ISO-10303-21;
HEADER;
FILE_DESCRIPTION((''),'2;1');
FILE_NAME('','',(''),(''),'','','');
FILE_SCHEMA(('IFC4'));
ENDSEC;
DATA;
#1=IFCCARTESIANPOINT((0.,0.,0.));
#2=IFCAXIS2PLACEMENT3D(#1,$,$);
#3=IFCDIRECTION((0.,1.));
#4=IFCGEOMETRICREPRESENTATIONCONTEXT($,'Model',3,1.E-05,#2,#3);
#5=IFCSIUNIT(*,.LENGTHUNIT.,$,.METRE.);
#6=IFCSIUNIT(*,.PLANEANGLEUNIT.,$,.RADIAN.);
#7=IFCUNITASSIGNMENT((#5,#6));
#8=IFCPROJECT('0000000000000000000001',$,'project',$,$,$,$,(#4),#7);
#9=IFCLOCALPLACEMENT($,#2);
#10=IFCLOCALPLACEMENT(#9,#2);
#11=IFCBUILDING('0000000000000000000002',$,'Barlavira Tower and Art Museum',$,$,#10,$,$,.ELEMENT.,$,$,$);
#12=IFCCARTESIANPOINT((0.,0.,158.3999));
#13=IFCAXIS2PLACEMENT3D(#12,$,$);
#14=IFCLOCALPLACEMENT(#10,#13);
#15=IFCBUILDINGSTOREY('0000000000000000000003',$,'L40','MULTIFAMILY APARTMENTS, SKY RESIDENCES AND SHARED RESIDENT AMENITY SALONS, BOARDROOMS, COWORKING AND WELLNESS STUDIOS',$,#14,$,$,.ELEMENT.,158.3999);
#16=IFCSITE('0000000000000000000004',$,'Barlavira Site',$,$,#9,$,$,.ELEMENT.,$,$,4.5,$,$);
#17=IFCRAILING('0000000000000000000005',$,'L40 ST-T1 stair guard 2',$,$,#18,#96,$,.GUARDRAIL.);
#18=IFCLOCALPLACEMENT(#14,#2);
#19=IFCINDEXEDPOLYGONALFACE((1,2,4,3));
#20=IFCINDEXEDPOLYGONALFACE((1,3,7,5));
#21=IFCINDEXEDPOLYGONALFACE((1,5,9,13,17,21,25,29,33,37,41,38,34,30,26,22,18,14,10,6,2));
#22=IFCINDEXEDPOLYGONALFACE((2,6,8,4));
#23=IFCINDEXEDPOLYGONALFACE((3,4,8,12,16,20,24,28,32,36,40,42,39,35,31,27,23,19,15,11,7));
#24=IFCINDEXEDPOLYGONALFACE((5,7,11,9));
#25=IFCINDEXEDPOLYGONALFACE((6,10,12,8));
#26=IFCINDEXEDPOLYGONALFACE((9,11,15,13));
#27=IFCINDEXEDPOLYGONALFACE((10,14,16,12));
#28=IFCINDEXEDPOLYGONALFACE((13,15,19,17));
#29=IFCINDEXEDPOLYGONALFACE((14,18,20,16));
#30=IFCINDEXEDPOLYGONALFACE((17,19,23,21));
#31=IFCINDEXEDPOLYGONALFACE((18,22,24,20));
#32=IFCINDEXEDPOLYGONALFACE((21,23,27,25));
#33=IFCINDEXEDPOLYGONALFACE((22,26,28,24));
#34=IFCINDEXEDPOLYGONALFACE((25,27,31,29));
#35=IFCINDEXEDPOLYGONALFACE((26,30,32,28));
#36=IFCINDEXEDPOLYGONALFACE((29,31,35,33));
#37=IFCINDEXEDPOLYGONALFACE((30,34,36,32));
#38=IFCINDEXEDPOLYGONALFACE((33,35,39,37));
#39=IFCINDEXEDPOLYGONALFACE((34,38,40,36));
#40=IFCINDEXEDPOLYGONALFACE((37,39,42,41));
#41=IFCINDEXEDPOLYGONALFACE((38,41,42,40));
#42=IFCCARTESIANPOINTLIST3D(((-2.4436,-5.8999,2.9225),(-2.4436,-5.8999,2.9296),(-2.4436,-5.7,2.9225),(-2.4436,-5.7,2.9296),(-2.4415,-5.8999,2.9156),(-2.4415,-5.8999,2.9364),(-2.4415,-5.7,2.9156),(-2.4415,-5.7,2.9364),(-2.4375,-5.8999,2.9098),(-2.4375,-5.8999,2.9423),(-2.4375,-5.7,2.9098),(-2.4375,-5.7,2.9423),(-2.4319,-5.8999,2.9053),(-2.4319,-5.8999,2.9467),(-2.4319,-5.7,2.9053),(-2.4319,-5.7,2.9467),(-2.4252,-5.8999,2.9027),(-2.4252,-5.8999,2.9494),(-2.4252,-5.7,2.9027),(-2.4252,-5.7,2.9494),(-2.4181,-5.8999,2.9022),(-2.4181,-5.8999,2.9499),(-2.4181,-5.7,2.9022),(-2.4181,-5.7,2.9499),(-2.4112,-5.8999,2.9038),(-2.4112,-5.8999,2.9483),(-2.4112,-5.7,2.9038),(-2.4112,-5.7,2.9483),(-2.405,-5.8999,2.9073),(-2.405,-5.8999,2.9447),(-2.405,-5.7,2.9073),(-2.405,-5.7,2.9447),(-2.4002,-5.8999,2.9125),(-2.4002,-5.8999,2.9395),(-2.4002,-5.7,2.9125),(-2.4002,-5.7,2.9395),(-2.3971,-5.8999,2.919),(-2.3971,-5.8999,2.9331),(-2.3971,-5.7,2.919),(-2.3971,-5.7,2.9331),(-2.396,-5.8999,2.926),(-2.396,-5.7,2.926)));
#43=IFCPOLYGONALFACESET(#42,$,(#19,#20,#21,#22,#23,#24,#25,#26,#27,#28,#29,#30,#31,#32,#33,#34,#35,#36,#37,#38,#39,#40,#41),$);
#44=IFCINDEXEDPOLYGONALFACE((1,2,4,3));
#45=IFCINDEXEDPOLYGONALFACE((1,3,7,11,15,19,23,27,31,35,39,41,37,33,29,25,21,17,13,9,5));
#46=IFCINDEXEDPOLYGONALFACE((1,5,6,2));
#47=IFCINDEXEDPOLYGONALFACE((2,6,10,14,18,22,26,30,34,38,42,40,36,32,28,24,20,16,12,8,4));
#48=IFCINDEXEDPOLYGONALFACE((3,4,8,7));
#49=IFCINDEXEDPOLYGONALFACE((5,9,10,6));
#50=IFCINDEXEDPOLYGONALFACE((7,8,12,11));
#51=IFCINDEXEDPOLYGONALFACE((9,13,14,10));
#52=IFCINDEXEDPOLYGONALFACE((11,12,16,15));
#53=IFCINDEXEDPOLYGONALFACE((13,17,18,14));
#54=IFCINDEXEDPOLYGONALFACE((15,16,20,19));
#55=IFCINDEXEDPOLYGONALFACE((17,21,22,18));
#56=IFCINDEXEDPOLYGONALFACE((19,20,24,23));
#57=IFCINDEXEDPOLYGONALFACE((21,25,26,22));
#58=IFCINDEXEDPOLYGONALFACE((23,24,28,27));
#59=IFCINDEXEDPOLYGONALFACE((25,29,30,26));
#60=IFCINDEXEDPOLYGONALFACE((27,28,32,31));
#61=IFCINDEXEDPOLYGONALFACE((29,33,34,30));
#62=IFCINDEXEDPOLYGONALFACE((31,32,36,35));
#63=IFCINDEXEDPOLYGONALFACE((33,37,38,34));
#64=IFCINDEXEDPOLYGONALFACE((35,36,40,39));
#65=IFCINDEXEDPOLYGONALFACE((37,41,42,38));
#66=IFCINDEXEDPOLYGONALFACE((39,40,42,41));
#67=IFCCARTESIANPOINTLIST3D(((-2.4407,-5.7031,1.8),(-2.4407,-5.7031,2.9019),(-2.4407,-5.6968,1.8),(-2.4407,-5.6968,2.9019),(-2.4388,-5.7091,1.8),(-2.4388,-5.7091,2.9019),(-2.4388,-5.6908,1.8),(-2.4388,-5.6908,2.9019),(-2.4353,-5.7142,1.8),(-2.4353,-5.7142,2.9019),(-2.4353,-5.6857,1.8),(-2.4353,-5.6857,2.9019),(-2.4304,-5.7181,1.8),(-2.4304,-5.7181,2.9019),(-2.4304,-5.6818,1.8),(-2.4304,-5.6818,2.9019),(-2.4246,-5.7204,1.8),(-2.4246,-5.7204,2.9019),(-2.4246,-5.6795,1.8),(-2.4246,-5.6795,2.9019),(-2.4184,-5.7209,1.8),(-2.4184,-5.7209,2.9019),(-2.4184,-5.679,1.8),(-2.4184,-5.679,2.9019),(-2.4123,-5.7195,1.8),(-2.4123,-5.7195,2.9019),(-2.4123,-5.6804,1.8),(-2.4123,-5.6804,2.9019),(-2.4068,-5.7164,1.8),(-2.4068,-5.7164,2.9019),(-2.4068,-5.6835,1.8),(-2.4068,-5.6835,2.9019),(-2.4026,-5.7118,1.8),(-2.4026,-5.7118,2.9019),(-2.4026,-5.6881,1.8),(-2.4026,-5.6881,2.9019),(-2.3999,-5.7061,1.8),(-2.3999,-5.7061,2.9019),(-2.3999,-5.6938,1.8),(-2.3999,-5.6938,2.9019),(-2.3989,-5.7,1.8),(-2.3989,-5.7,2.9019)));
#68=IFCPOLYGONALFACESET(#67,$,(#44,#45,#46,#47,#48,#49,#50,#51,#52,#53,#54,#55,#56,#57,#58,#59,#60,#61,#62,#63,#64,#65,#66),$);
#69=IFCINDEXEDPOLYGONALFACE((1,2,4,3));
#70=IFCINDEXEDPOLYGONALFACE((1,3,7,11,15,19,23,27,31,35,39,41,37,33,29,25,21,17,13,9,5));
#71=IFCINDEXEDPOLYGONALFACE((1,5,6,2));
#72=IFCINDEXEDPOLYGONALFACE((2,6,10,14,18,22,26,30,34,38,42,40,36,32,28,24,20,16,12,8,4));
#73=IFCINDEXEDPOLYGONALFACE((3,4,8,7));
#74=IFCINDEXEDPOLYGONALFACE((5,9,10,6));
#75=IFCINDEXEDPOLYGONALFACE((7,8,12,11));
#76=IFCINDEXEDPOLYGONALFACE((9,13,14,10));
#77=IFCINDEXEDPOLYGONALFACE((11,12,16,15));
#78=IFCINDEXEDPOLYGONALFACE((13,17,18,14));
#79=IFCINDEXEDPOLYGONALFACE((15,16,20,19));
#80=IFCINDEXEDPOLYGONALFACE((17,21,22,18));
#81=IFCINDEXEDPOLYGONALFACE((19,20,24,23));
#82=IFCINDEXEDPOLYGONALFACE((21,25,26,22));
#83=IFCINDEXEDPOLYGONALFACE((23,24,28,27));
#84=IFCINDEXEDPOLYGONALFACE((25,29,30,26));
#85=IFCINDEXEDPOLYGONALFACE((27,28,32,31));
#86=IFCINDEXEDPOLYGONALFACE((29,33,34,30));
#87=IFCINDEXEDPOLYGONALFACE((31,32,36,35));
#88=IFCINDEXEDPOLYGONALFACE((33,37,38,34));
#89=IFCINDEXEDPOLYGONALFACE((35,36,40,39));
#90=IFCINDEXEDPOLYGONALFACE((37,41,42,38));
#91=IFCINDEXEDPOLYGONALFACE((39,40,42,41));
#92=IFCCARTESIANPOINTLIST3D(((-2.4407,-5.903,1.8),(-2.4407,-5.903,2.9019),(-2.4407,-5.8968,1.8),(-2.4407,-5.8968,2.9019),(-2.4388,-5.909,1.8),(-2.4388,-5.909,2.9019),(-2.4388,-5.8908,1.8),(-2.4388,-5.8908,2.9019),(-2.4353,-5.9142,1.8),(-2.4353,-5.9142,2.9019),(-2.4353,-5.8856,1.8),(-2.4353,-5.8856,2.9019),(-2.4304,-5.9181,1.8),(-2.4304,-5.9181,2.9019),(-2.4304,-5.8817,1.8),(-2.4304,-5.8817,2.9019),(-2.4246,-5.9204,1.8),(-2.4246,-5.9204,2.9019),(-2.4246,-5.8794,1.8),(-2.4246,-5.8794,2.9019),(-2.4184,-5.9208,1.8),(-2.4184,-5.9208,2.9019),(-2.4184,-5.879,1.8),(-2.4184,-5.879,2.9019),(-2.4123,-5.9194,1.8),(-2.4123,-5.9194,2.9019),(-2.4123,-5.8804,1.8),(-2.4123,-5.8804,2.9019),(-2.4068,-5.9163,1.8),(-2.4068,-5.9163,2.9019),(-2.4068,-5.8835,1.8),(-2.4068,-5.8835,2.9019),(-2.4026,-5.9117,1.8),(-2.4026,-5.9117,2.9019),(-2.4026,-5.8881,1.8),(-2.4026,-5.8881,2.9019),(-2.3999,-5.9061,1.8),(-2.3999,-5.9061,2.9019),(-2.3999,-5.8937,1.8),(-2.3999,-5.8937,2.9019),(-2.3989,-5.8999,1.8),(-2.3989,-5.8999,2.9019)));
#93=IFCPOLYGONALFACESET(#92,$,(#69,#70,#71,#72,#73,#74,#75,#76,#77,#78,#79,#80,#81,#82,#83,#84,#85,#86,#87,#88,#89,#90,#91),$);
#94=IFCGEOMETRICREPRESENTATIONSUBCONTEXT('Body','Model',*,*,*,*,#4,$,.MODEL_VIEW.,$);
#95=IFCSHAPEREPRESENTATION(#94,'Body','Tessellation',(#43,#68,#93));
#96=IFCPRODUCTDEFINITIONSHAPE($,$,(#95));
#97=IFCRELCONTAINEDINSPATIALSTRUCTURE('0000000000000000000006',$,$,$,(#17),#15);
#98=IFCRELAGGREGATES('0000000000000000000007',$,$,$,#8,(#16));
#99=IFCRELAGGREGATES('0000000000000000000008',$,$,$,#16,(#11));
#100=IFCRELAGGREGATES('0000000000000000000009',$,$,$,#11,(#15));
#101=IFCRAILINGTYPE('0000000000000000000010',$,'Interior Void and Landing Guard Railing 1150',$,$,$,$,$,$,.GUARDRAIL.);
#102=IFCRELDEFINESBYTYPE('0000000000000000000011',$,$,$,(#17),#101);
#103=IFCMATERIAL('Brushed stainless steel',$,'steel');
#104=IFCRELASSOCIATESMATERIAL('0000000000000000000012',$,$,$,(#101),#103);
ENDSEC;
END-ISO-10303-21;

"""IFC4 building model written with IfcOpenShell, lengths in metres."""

from ifc_helpers import new_model, si_unit, direction, frame, origin, origin_2d, place, context, subcontext, project, spatial, circle, extrude, material, type_object, element, save


model = new_model("IFC4")

# Units and contexts
model_context = context("Model", 3, precision=1e-05, world=origin(), true_north=direction((0.0, 1.0)))
body_context = subcontext(model_context, "Body", "Model", "MODEL_VIEW")
ifc_project = project(units=[si_unit("LENGTHUNIT", "METRE"), si_unit("PLANEANGLEUNIT", "RADIAN")], contexts=[model_context])

# Site, building, storey
site_placement = place(None, origin())
site = spatial("IfcSite", under=ifc_project, at=site_placement, Name="Barlavira Site", CompositionType="ELEMENT", RefElevation=4.5)
building_placement = place(site_placement, origin())
building = spatial("IfcBuilding", under=site, at=building_placement, Name="Barlavira Tower and Art Museum", CompositionType="ELEMENT")
storey_placement = place(building_placement, frame((0.0, 0.0, 158.3999)))
storey = spatial("IfcBuildingStorey", under=building, at=storey_placement, Name="L40", Description="MULTIFAMILY APARTMENTS, SKY RESIDENCES AND SHARED RESIDENT AMENITY SALONS, BOARDROOMS, COWORKING AND WELLNESS STUDIOS", CompositionType="ELEMENT", Elevation=158.3999)

# Shared definitions
ifc_material_1 = material(Name="Brushed stainless steel", Category="steel")

# Railing
railing_type_1 = type_object("IfcRailingType", Name="Interior Void and Landing Guard Railing 1150", PredefinedType="GUARDRAIL", material=ifc_material_1)
railing_1_placement = place(storey_placement, frame((-2.4199, -5.7, 1.8)))
element("IfcRailing", 1, at=railing_1_placement, inside=storey, type_object=railing_type_1, Name="L40 ST-T1 stair guard 2", PredefinedType="GUARDRAIL", context=body_context, shape_type="SweptSolid", body=[
    extrude(circle(Radius=0.0239, at=origin_2d()), frame((0.0, 0.0, 1.126), z_axis=(0.0, -1.0, 0.0), x_axis=(1.0, 0.0, 0.0)), (0.0, 0.0, 1.0), 0.2),
    extrude(circle(Radius=0.021, at=origin_2d()), origin(), (0.0, 0.0, 1.0), 1.1018),
    extrude(circle(Radius=0.021, at=origin_2d()), frame((0.0, -0.2, 0.0)), (0.0, 0.0, 1.0), 1.1018),
])

save(model, "model.ifc")
